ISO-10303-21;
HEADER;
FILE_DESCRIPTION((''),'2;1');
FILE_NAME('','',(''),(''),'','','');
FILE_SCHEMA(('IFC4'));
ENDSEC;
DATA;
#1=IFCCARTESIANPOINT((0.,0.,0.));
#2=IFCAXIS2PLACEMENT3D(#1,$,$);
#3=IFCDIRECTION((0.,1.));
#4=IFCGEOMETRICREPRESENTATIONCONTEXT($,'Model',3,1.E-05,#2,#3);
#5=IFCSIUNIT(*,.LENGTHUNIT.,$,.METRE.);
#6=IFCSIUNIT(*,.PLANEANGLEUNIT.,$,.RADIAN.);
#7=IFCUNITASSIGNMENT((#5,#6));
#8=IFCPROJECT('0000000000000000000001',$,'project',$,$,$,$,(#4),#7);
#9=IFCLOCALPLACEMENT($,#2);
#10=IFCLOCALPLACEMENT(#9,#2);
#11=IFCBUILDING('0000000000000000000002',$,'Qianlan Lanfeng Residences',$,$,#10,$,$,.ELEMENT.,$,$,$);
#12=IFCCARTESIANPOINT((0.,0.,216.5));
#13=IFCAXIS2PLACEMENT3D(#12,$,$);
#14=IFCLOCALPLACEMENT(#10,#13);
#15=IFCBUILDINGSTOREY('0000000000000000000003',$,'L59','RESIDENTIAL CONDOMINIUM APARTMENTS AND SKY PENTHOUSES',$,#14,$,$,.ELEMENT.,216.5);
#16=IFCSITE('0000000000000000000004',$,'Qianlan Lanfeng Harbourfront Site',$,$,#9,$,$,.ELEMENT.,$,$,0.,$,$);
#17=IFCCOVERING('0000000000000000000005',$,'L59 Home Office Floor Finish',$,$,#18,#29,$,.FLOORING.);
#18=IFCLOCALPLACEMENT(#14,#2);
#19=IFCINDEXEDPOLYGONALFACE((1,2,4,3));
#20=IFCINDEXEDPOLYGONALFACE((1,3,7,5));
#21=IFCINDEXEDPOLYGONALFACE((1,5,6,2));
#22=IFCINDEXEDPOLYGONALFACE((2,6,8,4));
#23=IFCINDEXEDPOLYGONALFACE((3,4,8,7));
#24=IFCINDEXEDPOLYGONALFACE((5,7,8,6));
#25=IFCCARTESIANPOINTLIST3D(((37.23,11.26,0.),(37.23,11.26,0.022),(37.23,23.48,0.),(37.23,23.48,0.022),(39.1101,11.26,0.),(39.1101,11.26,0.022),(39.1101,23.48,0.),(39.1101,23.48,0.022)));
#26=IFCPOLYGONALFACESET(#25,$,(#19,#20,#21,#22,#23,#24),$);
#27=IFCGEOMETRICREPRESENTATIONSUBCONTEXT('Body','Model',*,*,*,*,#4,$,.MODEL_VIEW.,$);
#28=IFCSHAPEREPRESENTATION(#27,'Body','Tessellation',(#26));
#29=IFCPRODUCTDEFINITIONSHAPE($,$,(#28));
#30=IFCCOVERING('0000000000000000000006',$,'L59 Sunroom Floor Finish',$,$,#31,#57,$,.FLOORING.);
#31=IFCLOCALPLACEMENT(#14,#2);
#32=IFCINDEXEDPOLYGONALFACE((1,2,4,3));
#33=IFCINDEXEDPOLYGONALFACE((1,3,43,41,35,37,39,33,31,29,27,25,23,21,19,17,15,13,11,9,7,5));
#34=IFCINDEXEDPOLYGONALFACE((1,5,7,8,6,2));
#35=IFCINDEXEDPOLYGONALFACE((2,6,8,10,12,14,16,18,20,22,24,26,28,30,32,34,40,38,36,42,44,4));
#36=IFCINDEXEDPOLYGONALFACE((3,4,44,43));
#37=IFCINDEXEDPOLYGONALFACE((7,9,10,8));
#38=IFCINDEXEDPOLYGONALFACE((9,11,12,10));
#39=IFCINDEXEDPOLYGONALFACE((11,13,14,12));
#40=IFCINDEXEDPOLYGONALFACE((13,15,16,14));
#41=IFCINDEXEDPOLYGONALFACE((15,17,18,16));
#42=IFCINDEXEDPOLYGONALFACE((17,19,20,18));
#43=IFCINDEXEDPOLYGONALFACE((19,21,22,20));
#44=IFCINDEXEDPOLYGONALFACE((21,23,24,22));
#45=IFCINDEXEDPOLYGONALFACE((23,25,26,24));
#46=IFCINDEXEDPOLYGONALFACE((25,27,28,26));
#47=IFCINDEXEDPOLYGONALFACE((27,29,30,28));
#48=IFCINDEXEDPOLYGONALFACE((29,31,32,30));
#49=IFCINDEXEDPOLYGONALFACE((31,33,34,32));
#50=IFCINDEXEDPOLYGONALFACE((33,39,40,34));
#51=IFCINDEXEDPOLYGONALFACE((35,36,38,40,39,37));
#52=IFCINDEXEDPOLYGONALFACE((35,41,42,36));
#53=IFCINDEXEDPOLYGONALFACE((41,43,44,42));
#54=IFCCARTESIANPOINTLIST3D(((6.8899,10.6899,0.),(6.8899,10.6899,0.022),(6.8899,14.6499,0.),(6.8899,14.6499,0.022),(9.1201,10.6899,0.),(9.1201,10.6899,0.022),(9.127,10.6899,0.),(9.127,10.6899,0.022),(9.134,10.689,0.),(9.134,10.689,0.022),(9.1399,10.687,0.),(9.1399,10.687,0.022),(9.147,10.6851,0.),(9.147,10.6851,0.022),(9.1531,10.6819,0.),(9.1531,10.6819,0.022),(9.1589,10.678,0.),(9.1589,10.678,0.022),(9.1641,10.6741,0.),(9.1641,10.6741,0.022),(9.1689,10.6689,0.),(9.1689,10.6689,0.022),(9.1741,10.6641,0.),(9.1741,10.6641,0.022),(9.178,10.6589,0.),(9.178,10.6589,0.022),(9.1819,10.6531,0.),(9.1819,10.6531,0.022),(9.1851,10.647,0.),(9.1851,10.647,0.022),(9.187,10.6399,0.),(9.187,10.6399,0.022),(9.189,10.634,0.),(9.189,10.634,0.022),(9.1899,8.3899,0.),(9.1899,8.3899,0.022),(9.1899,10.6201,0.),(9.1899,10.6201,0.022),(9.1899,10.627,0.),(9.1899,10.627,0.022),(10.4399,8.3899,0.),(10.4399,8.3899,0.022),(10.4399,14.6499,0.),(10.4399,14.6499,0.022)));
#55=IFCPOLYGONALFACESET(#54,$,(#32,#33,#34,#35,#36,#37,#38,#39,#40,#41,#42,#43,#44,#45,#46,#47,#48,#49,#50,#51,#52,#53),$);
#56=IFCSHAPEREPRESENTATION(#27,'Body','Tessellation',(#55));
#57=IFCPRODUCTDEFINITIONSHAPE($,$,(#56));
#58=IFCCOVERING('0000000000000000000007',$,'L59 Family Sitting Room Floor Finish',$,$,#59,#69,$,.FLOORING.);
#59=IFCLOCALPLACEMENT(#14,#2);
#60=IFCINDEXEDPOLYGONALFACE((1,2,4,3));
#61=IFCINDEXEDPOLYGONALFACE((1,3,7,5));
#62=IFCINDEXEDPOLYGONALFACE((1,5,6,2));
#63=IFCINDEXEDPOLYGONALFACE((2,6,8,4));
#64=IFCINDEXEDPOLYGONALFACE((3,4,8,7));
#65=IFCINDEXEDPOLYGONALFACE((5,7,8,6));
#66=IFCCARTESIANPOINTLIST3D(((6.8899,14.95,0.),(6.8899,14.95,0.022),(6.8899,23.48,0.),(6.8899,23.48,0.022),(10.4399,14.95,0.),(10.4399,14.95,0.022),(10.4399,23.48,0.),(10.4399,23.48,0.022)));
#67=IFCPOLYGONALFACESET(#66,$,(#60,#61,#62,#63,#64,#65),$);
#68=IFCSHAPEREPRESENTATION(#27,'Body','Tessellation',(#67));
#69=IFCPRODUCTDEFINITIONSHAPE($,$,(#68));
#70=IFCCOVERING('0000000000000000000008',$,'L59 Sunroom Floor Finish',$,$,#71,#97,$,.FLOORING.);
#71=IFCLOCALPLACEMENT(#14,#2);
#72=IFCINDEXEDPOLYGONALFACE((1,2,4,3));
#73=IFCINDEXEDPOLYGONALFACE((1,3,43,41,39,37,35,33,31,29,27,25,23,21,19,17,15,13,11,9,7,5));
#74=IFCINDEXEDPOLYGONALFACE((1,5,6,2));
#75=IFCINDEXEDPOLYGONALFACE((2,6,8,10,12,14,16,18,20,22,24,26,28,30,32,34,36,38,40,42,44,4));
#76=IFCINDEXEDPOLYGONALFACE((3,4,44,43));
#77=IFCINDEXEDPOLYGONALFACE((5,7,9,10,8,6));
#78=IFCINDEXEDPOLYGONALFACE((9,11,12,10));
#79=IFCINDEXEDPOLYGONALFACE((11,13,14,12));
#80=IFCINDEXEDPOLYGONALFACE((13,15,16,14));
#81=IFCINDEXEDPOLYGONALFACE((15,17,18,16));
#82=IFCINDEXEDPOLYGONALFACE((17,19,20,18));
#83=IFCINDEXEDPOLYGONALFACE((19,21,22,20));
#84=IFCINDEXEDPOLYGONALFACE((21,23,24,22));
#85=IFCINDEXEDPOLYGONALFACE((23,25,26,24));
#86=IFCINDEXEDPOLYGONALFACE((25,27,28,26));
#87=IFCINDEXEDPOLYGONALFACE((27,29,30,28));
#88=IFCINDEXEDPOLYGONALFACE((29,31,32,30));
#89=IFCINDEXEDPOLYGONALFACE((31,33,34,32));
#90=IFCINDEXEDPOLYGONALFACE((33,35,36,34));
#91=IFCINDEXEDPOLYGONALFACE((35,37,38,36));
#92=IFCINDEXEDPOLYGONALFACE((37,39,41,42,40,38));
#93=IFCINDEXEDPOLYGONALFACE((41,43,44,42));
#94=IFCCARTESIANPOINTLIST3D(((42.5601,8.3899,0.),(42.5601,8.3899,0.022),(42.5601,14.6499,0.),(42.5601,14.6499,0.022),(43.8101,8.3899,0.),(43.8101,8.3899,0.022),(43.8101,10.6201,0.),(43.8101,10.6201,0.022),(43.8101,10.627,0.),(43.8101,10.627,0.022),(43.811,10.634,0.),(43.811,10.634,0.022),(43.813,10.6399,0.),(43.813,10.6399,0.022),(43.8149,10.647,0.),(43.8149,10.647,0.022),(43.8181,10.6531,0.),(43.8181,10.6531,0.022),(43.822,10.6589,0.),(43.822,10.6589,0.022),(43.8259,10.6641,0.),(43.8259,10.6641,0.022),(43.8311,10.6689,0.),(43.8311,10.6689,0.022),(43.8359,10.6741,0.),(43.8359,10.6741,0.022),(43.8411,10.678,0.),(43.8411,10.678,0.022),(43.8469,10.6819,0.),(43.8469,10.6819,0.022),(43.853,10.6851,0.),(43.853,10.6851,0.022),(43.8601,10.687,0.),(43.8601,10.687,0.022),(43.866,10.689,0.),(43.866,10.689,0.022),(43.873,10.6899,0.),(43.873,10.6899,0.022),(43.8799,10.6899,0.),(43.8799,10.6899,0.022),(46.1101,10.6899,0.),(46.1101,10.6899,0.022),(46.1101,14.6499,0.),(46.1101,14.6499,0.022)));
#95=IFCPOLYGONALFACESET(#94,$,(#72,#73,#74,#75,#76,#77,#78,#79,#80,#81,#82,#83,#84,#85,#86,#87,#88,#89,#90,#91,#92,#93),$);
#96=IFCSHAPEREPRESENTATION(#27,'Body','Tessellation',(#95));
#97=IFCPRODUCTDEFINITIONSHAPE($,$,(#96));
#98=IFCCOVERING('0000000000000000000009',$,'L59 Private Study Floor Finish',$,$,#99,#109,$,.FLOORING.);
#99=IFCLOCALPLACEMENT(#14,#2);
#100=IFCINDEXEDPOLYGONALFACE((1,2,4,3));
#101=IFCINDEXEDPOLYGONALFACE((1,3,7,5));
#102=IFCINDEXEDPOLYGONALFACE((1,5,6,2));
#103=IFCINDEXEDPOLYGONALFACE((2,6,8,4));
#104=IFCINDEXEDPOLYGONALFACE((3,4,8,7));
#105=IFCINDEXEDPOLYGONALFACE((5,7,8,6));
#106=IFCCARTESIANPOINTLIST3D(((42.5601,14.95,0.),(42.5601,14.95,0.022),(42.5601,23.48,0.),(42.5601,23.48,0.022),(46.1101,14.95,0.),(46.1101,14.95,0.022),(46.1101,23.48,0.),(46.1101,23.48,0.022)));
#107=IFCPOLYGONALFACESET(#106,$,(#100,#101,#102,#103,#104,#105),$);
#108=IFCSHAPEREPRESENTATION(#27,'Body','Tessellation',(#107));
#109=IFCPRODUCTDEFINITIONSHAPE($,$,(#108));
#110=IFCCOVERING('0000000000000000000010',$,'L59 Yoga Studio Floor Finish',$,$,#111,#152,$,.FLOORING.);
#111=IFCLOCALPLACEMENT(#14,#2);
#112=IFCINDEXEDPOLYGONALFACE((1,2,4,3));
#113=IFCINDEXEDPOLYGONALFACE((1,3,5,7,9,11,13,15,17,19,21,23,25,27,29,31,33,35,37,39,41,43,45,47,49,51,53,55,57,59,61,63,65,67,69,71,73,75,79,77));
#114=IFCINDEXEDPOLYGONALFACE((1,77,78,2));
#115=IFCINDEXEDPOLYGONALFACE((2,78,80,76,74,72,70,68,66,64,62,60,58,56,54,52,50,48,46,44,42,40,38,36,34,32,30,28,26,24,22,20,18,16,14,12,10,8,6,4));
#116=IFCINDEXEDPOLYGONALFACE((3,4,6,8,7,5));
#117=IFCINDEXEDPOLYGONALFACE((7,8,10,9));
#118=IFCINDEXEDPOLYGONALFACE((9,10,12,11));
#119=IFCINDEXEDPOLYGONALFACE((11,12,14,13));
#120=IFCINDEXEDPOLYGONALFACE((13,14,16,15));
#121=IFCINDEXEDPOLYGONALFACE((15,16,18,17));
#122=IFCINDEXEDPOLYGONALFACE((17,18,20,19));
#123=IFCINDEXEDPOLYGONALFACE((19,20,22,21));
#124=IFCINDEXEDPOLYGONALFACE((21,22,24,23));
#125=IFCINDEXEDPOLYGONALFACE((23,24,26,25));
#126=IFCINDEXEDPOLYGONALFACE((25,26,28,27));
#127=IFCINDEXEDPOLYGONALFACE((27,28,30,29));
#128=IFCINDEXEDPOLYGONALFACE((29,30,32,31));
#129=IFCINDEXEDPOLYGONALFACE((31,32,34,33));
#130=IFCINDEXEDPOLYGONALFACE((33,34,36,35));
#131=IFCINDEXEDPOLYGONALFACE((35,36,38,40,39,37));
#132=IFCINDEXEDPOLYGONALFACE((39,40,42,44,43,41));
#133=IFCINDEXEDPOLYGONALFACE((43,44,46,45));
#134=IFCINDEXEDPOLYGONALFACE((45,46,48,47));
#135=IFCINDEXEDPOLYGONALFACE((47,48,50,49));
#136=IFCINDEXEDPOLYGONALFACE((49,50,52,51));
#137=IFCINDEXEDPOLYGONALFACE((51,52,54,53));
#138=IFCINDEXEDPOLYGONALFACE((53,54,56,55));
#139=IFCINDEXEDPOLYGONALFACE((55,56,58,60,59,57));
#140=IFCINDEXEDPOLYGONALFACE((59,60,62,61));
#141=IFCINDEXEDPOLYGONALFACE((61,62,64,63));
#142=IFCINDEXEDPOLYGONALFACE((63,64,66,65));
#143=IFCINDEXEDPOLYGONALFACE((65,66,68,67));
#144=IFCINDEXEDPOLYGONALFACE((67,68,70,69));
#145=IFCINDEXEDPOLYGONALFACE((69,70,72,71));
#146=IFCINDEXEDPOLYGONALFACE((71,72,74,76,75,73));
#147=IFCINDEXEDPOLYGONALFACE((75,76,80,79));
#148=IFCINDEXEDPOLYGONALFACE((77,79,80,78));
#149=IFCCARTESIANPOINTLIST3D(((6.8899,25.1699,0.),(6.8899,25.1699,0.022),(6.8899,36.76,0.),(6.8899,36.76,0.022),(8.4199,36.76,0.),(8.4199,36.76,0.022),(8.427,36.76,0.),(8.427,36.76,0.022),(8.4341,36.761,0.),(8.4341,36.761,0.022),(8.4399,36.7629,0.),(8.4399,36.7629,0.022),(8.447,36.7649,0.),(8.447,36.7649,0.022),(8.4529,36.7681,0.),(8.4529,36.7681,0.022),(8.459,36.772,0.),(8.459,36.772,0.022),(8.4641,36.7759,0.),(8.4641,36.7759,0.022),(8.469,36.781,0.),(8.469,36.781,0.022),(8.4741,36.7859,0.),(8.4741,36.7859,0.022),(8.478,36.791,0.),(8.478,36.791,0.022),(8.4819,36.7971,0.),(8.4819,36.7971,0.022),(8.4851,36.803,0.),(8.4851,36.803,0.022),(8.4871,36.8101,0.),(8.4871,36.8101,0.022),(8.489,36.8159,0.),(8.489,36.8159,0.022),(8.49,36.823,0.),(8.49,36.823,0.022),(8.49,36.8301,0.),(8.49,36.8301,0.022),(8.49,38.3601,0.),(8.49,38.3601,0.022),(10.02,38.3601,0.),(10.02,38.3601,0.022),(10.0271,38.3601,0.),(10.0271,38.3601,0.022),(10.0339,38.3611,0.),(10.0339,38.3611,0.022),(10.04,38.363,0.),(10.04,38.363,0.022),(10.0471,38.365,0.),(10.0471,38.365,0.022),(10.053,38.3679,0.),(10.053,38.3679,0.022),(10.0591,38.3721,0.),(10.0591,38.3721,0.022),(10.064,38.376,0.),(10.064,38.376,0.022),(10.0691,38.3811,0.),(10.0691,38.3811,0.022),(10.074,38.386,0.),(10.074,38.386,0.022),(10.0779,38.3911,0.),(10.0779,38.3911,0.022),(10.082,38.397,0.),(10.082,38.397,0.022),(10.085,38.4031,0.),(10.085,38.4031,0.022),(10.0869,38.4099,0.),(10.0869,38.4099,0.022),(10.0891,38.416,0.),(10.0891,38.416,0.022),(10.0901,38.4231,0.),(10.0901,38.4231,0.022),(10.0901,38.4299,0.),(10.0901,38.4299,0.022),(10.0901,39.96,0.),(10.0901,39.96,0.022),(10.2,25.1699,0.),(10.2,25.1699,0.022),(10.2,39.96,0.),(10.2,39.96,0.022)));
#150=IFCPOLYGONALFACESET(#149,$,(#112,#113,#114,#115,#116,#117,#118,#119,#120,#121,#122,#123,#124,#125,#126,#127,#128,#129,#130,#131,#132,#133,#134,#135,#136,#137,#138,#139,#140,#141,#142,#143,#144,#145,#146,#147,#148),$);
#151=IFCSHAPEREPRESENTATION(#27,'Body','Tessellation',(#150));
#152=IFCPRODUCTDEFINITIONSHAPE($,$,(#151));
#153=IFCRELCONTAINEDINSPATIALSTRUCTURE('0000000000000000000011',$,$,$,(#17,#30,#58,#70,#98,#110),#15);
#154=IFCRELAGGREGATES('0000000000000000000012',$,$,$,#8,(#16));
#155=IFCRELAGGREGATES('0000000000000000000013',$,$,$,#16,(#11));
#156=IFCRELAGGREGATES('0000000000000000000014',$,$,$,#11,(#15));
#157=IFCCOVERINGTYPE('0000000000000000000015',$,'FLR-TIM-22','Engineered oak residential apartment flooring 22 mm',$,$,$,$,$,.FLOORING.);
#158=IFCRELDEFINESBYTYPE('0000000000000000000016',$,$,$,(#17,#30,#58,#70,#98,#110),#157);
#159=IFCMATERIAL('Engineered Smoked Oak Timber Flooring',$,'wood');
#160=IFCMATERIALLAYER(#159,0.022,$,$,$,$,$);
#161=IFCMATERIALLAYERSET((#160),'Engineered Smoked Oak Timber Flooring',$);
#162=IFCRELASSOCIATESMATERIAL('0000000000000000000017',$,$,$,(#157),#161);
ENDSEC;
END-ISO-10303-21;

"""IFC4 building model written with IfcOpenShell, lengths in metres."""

from ifc_helpers import new_model, si_unit, direction, frame, origin, place, context, subcontext, project, spatial, polyline, outline, extrude, material, layer, layer_set, type_object, element, save


model = new_model("IFC4")

# Units and contexts
model_context = context("Model", 3, precision=1e-05, world=origin(), true_north=direction((0.0, 1.0)))
body_context = subcontext(model_context, "Body", "Model", "MODEL_VIEW")
ifc_project = project(units=[si_unit("LENGTHUNIT", "METRE"), si_unit("PLANEANGLEUNIT", "RADIAN")], contexts=[model_context])

# Site, building, storey
site_placement = place(None, origin())
site = spatial("IfcSite", under=ifc_project, at=site_placement, Name="Qianlan Lanfeng Harbourfront Site", CompositionType="ELEMENT", RefElevation=0.0)
building_placement = place(site_placement, origin())
building = spatial("IfcBuilding", under=site, at=building_placement, Name="Qianlan Lanfeng Residences", CompositionType="ELEMENT")
storey_placement = place(building_placement, frame((0.0, 0.0, 216.5)))
storey = spatial("IfcBuildingStorey", under=building, at=storey_placement, Name="L59", Description="RESIDENTIAL CONDOMINIUM APARTMENTS AND SKY PENTHOUSES", CompositionType="ELEMENT", Elevation=216.5)

# Coverings
ifc_material_1 = material(Name="Engineered Smoked Oak Timber Flooring", Category="wood")
ifc_layer_1 = layer(ifc_material_1, 0.022)
ifc_layer_set_1 = layer_set([ifc_layer_1], Name="Engineered Smoked Oak Timber Flooring")
covering_type = type_object("IfcCoveringType", Name="FLR-TIM-22", Description="Engineered oak residential apartment flooring 22 mm", PredefinedType="FLOORING", material=ifc_layer_set_1)
covering_1_placement = place(storey_placement, origin())
element("IfcCovering", 1, at=covering_1_placement, inside=storey, type_object=covering_type, Name="L59 Home Office Floor Finish", PredefinedType="FLOORING", context=body_context, shape_type="SweptSolid", body=[
    extrude(outline(polyline([(37.23, 11.26), (39.1101, 11.26), (39.1101, 23.48), (37.23, 23.48), (37.23, 11.26)])), origin(), (0.0, 0.0, 1.0), 0.022),
])
covering_2_placement = place(storey_placement, origin())
element("IfcCovering", 2, at=covering_2_placement, inside=storey, type_object=covering_type, Name="L59 Sunroom Floor Finish", PredefinedType="FLOORING", context=body_context, shape_type="SweptSolid", body=[
    extrude(outline(polyline([(10.4399, 14.6499), (6.8899, 14.6499), (6.8899, 10.6899), (9.1201, 10.6899), (9.127, 10.6899), (9.134, 10.689), (9.1399, 10.687), (9.147, 10.6851), (9.1531, 10.6819), (9.1589, 10.678), (9.1641, 10.6741), (9.1689, 10.6689), (9.1741, 10.6641), (9.178, 10.6589), (9.1819, 10.6531), (9.1851, 10.647), (9.187, 10.6399), (9.189, 10.634), (9.1899, 10.627), (9.1899, 10.6201), (9.1899, 8.3899), (10.4399, 8.3899), (10.4399, 14.6499)])), origin(), (0.0, 0.0, 1.0), 0.022),
])
covering_3_placement = place(storey_placement, origin())
element("IfcCovering", 3, at=covering_3_placement, inside=storey, type_object=covering_type, Name="L59 Family Sitting Room Floor Finish", PredefinedType="FLOORING", context=body_context, shape_type="SweptSolid", body=[
    extrude(outline(polyline([(10.4399, 23.48), (6.8899, 23.48), (6.8899, 14.95), (10.4399, 14.95), (10.4399, 23.48)])), origin(), (0.0, 0.0, 1.0), 0.022),
])
covering_4_placement = place(storey_placement, origin())
element("IfcCovering", 4, at=covering_4_placement, inside=storey, type_object=covering_type, Name="L59 Sunroom Floor Finish", PredefinedType="FLOORING", context=body_context, shape_type="SweptSolid", body=[
    extrude(outline(polyline([(46.1101, 14.6499), (42.5601, 14.6499), (42.5601, 8.3899), (43.8101, 8.3899), (43.8101, 10.6201), (43.8101, 10.627), (43.811, 10.634), (43.813, 10.6399), (43.8149, 10.647), (43.8181, 10.6531), (43.822, 10.6589), (43.8259, 10.6641), (43.8311, 10.6689), (43.8359, 10.6741), (43.8411, 10.678), (43.8469, 10.6819), (43.853, 10.6851), (43.8601, 10.687), (43.866, 10.689), (43.873, 10.6899), (43.8799, 10.6899), (46.1101, 10.6899), (46.1101, 14.6499)])), origin(), (0.0, 0.0, 1.0), 0.022),
])
covering_5_placement = place(storey_placement, origin())
element("IfcCovering", 5, at=covering_5_placement, inside=storey, type_object=covering_type, Name="L59 Private Study Floor Finish", PredefinedType="FLOORING", context=body_context, shape_type="SweptSolid", body=[
    extrude(outline(polyline([(46.1101, 23.48), (42.5601, 23.48), (42.5601, 14.95), (46.1101, 14.95), (46.1101, 23.48)])), origin(), (0.0, 0.0, 1.0), 0.022),
])
covering_6_placement = place(storey_placement, origin())
element("IfcCovering", 6, at=covering_6_placement, inside=storey, type_object=covering_type, Name="L59 Yoga Studio Floor Finish", PredefinedType="FLOORING", context=body_context, shape_type="SweptSolid", body=[
    extrude(outline(polyline([(10.2, 25.1699), (10.2, 39.96), (10.0901, 39.96), (10.0901, 38.4299), (10.0901, 38.4231), (10.0891, 38.416), (10.0869, 38.4099), (10.085, 38.4031), (10.082, 38.397), (10.0779, 38.3911), (10.074, 38.386), (10.0691, 38.3811), (10.064, 38.376), (10.0591, 38.3721), (10.053, 38.3679), (10.0471, 38.365), (10.04, 38.363), (10.0339, 38.3611), (10.0271, 38.3601), (10.02, 38.3601), (8.49, 38.3601), (8.49, 36.8301), (8.49, 36.823), (8.489, 36.8159), (8.4871, 36.8101), (8.4851, 36.803), (8.4819, 36.7971), (8.478, 36.791), (8.4741, 36.7859), (8.469, 36.781), (8.4641, 36.7759), (8.459, 36.772), (8.4529, 36.7681), (8.447, 36.7649), (8.4399, 36.7629), (8.4341, 36.761), (8.427, 36.76), (8.4199, 36.76), (6.8899, 36.76), (6.8899, 25.1699), (10.2, 25.1699)])), origin(), (0.0, 0.0, 1.0), 0.022),
])

save(model, "model.ifc")
